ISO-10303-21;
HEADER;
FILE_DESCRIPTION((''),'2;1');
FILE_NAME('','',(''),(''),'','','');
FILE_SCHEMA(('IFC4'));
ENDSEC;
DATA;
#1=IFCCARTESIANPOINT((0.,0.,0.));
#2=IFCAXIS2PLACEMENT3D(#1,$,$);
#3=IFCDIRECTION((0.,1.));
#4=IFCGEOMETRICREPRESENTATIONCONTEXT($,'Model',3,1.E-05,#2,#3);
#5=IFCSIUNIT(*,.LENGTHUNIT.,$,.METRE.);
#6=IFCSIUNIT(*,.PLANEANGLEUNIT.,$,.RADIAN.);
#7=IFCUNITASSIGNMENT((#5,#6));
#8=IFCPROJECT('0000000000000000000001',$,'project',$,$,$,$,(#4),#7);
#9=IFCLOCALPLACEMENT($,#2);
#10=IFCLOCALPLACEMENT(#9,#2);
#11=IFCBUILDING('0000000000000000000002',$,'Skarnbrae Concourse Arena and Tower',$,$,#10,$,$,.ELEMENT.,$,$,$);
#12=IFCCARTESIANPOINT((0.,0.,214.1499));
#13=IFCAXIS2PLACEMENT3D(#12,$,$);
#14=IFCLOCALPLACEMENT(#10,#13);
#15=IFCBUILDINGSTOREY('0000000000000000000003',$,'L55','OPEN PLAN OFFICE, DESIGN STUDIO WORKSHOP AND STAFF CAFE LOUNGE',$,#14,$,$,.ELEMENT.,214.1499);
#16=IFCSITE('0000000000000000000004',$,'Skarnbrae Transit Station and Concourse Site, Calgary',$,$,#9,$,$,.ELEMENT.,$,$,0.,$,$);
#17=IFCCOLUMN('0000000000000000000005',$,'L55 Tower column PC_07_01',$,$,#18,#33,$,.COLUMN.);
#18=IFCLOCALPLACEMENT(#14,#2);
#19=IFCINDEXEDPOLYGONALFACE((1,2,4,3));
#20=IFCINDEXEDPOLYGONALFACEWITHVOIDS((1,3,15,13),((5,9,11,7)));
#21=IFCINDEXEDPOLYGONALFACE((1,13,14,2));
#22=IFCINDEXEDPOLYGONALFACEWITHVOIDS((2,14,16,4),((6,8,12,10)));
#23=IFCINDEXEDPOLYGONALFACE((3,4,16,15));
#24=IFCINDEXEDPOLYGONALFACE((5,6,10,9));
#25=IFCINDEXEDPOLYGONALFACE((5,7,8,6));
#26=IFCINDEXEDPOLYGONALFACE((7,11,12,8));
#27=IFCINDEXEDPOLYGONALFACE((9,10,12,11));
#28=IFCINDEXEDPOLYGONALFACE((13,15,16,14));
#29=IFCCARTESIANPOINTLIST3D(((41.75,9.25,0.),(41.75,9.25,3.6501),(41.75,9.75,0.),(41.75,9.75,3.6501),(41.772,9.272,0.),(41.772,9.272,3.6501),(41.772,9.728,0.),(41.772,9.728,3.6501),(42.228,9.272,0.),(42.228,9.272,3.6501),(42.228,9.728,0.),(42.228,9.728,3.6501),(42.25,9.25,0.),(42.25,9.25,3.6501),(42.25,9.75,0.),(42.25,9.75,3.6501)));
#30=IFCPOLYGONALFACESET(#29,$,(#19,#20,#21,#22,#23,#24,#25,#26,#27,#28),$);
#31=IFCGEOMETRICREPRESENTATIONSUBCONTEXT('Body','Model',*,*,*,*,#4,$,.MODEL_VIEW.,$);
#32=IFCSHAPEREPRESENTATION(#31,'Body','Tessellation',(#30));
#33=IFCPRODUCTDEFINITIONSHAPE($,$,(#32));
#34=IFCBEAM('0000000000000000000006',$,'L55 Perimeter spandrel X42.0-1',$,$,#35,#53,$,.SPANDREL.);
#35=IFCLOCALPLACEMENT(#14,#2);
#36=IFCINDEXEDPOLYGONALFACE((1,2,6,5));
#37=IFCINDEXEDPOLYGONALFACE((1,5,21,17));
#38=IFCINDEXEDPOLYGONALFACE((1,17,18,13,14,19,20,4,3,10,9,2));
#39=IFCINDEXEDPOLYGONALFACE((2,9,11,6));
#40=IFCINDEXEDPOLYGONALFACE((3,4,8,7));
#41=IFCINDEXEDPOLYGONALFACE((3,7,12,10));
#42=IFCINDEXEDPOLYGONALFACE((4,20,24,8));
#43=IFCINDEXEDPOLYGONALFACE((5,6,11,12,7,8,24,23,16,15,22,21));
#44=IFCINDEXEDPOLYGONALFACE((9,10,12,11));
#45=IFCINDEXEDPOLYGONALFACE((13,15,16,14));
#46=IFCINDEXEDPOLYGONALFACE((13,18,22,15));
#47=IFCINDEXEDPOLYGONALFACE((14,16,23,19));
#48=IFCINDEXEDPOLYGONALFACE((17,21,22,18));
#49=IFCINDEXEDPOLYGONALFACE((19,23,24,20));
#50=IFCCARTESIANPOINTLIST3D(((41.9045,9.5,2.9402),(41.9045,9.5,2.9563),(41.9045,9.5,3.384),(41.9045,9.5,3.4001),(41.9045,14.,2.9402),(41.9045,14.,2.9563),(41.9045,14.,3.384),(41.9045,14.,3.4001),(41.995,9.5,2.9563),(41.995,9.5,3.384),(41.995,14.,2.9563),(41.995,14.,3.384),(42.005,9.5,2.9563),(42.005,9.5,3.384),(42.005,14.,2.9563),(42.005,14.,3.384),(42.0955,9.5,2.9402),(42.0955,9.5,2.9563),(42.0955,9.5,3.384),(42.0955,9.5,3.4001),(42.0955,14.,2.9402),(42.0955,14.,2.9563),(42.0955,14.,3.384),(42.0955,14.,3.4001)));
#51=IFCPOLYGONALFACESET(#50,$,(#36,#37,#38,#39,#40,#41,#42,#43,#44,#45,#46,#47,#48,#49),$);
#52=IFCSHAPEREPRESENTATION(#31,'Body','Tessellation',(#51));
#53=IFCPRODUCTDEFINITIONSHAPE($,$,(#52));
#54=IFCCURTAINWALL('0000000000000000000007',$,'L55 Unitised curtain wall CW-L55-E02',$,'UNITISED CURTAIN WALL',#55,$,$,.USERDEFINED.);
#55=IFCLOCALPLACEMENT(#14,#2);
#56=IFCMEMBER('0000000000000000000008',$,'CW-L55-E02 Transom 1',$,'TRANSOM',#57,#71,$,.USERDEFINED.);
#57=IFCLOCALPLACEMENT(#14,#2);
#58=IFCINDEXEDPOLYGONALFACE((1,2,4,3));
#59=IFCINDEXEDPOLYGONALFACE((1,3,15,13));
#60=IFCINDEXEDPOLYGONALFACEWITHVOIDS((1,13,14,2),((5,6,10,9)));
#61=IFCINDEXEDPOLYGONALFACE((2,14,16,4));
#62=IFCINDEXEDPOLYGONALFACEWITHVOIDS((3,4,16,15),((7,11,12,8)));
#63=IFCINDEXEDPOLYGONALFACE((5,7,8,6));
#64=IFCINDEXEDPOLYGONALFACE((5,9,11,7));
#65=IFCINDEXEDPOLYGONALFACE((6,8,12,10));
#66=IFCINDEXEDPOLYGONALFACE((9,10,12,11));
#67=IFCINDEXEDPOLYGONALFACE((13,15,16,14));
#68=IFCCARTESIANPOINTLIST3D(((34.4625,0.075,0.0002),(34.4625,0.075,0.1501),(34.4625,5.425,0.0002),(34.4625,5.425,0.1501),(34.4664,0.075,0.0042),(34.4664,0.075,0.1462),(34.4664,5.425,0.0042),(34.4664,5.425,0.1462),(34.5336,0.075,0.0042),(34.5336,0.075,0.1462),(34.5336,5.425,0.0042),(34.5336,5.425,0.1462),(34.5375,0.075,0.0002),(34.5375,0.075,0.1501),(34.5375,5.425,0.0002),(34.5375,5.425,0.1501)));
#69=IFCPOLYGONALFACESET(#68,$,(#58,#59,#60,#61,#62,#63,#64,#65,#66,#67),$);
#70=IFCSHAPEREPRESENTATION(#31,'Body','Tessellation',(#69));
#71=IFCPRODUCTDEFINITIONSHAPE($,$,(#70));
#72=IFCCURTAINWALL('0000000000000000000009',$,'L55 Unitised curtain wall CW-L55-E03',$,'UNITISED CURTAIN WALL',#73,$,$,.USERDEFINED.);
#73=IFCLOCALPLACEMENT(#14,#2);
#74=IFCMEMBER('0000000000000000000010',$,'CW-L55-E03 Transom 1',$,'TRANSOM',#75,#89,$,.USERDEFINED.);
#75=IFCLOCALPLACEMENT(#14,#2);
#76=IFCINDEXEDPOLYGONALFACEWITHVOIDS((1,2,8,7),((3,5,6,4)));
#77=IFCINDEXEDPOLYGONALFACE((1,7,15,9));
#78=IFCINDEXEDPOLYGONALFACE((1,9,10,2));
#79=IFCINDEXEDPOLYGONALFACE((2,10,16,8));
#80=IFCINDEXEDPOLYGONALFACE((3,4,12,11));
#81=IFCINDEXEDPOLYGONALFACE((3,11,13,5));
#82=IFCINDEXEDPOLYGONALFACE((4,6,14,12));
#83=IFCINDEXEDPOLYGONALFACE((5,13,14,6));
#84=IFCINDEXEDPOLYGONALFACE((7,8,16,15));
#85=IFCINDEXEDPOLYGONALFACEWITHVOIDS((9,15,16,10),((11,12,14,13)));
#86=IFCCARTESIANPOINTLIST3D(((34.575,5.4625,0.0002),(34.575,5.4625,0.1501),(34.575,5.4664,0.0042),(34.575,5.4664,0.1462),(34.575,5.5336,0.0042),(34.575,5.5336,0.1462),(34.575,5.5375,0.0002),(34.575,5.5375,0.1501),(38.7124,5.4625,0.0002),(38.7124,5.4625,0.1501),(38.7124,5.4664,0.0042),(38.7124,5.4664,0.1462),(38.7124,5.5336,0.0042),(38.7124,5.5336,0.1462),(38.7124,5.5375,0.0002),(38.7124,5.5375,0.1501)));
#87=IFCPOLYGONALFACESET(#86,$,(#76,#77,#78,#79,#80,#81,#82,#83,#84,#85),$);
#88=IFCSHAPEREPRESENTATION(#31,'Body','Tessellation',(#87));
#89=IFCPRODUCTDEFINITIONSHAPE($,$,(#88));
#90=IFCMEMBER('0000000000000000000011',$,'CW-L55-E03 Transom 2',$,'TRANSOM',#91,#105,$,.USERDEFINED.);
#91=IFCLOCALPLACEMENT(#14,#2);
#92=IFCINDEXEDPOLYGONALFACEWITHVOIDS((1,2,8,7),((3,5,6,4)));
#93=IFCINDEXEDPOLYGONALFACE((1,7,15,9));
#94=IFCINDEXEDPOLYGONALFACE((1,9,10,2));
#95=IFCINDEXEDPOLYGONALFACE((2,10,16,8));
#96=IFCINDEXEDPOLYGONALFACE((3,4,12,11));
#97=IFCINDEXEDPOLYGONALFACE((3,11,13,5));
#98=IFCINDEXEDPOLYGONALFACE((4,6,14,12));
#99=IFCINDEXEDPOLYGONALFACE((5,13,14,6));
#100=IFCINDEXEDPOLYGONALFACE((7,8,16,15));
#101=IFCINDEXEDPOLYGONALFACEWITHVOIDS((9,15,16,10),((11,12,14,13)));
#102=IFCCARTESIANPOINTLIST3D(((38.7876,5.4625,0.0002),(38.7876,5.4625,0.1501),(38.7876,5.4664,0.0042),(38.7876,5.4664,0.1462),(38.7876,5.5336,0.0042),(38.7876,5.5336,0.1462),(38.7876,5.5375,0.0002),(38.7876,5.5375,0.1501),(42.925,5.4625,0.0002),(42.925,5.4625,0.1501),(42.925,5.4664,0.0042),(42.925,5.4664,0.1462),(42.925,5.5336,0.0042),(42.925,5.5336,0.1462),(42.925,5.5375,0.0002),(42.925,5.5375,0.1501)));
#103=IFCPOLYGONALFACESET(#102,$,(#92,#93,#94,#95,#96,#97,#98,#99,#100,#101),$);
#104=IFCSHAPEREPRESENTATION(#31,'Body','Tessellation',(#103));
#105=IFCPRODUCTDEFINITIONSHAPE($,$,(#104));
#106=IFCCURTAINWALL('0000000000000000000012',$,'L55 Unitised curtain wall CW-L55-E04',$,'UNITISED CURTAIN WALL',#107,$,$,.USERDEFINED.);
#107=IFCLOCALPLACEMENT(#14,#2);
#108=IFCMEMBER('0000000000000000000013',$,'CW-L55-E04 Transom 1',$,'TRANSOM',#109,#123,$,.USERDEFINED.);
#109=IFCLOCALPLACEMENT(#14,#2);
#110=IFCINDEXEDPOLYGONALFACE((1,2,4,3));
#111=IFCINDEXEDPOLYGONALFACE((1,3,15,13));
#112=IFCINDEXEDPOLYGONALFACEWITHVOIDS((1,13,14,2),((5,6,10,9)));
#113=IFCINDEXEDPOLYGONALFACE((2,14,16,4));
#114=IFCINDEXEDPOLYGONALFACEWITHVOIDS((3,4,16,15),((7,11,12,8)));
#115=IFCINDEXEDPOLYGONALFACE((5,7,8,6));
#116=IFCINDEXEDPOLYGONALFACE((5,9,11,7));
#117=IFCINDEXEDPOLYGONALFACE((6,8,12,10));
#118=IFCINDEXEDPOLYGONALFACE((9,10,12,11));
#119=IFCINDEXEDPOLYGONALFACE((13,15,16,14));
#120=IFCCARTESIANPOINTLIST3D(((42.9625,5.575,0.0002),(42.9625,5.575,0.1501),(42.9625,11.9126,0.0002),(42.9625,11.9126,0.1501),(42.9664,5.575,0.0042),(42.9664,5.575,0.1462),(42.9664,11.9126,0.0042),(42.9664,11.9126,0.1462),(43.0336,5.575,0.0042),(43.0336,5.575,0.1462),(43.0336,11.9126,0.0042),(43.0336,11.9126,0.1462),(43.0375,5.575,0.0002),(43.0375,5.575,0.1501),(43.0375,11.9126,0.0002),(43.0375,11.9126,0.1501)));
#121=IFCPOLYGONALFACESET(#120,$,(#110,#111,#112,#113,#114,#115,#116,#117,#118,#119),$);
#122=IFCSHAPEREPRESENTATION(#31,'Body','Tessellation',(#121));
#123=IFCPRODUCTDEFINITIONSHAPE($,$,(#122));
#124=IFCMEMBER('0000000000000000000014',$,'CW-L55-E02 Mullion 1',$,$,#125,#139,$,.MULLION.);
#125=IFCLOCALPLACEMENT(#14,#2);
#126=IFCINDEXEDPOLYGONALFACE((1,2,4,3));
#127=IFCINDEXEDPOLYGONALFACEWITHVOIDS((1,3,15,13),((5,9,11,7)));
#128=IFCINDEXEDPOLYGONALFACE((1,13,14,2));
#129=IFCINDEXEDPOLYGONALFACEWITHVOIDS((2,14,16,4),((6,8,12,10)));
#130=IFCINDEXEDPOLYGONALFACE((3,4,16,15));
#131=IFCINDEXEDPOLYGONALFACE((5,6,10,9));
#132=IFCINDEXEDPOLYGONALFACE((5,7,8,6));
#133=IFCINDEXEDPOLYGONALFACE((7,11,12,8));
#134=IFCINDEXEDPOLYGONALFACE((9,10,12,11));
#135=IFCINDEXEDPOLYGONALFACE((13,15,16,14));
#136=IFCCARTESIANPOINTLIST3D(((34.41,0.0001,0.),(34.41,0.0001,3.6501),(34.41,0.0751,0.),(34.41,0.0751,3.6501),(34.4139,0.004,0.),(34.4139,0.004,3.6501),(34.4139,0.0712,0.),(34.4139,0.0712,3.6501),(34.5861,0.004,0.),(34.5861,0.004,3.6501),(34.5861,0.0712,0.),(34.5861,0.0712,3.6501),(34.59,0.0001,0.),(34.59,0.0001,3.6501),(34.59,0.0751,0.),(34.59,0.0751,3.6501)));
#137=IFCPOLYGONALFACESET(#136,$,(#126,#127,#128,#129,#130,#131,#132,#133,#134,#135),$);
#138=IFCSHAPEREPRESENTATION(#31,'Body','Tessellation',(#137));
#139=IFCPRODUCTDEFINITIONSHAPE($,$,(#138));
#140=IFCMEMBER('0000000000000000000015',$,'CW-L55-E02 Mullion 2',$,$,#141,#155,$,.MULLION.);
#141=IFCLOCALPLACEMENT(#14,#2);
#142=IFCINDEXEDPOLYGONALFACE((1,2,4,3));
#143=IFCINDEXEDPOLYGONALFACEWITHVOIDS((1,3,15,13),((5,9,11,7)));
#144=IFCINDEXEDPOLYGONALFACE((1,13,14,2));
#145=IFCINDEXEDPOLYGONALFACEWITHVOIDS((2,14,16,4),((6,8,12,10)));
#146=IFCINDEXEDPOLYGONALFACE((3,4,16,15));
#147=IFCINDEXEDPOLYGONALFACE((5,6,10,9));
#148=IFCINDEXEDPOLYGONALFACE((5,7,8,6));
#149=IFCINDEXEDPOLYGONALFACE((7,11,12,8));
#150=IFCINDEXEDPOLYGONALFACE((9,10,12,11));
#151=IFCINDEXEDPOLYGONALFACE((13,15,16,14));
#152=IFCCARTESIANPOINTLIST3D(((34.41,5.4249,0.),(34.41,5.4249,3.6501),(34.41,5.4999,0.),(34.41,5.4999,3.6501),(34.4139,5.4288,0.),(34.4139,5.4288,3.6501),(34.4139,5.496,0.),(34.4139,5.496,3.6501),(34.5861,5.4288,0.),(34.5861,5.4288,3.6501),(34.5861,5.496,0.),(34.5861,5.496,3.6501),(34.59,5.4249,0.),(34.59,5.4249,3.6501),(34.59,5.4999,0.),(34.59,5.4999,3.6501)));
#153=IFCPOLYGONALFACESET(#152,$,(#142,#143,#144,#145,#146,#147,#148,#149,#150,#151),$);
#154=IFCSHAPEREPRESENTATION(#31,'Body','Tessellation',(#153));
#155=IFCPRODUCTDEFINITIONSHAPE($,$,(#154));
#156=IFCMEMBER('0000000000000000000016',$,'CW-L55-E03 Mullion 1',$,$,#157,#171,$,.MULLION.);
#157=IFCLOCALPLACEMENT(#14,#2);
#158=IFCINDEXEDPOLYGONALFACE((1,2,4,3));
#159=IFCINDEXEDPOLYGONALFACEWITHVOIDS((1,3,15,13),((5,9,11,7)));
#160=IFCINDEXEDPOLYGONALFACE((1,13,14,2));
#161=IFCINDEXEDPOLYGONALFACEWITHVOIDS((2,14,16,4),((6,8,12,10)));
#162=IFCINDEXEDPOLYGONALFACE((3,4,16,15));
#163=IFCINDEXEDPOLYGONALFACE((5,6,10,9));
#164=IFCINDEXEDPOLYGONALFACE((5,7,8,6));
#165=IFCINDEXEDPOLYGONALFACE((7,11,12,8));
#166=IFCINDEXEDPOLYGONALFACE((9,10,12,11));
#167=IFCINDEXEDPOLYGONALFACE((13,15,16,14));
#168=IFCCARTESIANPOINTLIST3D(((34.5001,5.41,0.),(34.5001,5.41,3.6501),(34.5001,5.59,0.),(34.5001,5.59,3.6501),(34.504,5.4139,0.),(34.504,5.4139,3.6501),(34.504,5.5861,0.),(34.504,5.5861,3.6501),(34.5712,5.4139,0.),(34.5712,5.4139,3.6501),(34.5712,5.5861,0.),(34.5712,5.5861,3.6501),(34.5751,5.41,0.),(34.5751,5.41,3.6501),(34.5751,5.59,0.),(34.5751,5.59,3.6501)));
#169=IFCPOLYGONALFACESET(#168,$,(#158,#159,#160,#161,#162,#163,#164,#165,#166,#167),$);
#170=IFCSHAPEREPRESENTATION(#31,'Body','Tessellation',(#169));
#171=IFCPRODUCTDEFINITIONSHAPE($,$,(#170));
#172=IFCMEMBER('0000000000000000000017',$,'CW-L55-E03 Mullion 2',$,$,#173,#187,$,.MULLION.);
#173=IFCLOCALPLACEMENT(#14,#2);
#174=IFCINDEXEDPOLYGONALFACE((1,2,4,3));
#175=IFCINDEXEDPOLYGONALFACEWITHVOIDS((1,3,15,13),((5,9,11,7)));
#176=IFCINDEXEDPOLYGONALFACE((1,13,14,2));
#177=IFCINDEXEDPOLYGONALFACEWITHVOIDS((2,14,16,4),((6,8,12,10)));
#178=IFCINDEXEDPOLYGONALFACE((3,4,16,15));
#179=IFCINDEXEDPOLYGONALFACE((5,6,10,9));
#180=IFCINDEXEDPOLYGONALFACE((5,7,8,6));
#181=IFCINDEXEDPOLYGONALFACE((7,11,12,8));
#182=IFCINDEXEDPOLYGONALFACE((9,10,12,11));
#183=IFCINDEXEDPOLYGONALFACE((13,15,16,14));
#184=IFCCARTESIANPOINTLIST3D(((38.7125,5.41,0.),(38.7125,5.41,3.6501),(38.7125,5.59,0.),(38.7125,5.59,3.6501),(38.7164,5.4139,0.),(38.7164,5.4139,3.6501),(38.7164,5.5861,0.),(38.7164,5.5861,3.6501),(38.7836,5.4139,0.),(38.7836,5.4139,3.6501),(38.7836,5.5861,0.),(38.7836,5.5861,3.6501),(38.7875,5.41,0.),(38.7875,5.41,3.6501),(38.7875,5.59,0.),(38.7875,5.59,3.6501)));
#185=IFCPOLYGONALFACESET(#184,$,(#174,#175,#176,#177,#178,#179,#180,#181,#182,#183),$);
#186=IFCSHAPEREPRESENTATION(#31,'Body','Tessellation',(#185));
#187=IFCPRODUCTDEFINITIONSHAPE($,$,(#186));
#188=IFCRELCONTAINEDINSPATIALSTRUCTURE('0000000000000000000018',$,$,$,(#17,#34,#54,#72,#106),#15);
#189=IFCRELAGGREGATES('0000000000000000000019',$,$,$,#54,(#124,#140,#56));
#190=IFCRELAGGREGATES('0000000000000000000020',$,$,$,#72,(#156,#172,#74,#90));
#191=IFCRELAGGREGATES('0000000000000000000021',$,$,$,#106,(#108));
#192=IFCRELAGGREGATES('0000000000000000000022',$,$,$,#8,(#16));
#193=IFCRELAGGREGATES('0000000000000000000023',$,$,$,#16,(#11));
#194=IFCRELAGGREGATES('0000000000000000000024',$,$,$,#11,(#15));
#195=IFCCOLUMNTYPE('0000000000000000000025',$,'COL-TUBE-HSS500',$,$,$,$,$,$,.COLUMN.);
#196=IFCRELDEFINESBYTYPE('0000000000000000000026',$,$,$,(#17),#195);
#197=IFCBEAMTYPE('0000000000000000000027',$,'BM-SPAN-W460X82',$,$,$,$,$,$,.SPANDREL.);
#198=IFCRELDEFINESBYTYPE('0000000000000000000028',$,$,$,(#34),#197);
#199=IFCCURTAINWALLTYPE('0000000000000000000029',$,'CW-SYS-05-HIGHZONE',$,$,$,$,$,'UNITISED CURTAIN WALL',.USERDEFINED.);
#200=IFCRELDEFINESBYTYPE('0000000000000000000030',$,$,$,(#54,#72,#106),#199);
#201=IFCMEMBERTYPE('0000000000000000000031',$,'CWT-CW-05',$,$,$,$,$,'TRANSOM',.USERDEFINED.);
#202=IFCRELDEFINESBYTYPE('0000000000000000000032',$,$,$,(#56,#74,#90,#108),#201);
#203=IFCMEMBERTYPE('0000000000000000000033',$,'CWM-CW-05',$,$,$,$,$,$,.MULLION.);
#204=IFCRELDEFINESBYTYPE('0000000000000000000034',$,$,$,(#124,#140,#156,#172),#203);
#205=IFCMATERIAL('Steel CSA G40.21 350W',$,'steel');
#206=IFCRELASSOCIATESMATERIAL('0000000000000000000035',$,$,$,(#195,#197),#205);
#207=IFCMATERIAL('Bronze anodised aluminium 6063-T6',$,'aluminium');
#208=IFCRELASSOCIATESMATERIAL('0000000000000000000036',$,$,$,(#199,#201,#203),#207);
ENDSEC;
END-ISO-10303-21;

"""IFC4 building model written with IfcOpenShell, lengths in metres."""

from ifc_helpers import new_model, si_unit, direction, frame, origin, origin_2d, place, context, subcontext, project, spatial, hollow_rectangle, i_section, extrude, source, transform, mapped, material, material_profile, profile_set, type_object, element, aggregate, save


model = new_model("IFC4")

# Units and contexts
model_context = context("Model", 3, precision=1e-05, world=origin(), true_north=direction((0.0, 1.0)))
body_context = subcontext(model_context, "Body", "Model", "MODEL_VIEW")
ifc_project = project(units=[si_unit("LENGTHUNIT", "METRE"), si_unit("PLANEANGLEUNIT", "RADIAN")], contexts=[model_context])

# Site, building, storey
site_placement = place(None, origin())
site = spatial("IfcSite", under=ifc_project, at=site_placement, Name="Skarnbrae Transit Station and Concourse Site, Calgary", CompositionType="ELEMENT", RefElevation=0.0)
building_placement = place(site_placement, origin())
building = spatial("IfcBuilding", under=site, at=building_placement, Name="Skarnbrae Concourse Arena and Tower", CompositionType="ELEMENT")
storey_placement = place(building_placement, frame((0.0, 0.0, 214.1499)))
storey = spatial("IfcBuildingStorey", under=building, at=storey_placement, Name="L55", Description="OPEN PLAN OFFICE, DESIGN STUDIO WORKSHOP AND STAFF CAFE LOUNGE", CompositionType="ELEMENT", Elevation=214.1499)

# Column
ifc_material_1 = material(Name="Steel CSA G40.21 350W", Category="steel")
ifc_material_profile_1 = material_profile(ifc_material_1, hollow_rectangle(XDim=0.5, YDim=0.5, WallThickness=0.022, at=origin_2d()), Name="HSS500X500X22.0")
ifc_profile_set_1 = profile_set([ifc_material_profile_1], Name="Steel CSA G40.21 350W")
column_type = type_object("IfcColumnType", Name="COL-TUBE-HSS500", PredefinedType="COLUMN", material=ifc_profile_set_1)
shared_shape_1 = source(origin(), body_context, "Body", "SweptSolid", [
    extrude(hollow_rectangle(XDim=0.5, YDim=0.5, WallThickness=0.022, at=origin_2d()), origin(), (0.0, 0.0, 1.0), 3.6501),
])
column_placement = place(storey_placement, frame((42.0, 9.5, 0.0), z_axis=(0.0, 0.0, 1.0), x_axis=(1.0, 0.0, 0.0)))
element("IfcColumn", 1, at=column_placement, inside=storey, type_object=column_type, Name="L55 Tower column PC_07_01", PredefinedType="COLUMN", context=body_context, shape_type="MappedRepresentation", body=[
    mapped(shared_shape_1, transform((0.0, 0.0, 0.0))),
])

# Beam
ifc_material_profile_2 = material_profile(ifc_material_1, i_section(OverallWidth=0.1909, OverallDepth=0.46, WebThickness=0.01, FlangeThickness=0.0161, at=origin_2d()), Name="W460X82")
ifc_profile_set_2 = profile_set([ifc_material_profile_2], Name="Steel CSA G40.21 350W")
beam_type = type_object("IfcBeamType", Name="BM-SPAN-W460X82", PredefinedType="SPANDREL", material=ifc_profile_set_2)
shared_shape_2 = source(origin(), body_context, "Body", "SweptSolid", [
    extrude(i_section(OverallWidth=0.1909, OverallDepth=0.46, WebThickness=0.01, FlangeThickness=0.0161, at=origin_2d()), origin(), (0.0, 0.0, 1.0), 4.5),
])
beam_placement = place(storey_placement, frame((42.0, 9.5, 3.1702), z_axis=(0.0, 1.0, 0.0), x_axis=(-1.0, 0.0, 0.0)))
element("IfcBeam", 2, at=beam_placement, inside=storey, type_object=beam_type, Name="L55 Perimeter spandrel X42.0-1", PredefinedType="SPANDREL", context=body_context, shape_type="MappedRepresentation", body=[
    mapped(shared_shape_2, transform((0.0, 0.0, 0.0))),
])

# Curtain wall, member
ifc_material_2 = material(Name="Bronze anodised aluminium 6063-T6", Category="aluminium")
curtain_wall_type = type_object("IfcCurtainWallType", Name="CW-SYS-05-HIGHZONE", ElementType="UNITISED CURTAIN WALL", PredefinedType="USERDEFINED", material=ifc_material_2)
curtain_wall_1_placement = place(storey_placement, origin())
curtain_wall_1 = element("IfcCurtainWall", 3, at=curtain_wall_1_placement, inside=storey, type_object=curtain_wall_type, Name="L55 Unitised curtain wall CW-L55-E02", ObjectType="UNITISED CURTAIN WALL", PredefinedType="USERDEFINED")
ifc_material_profile_3 = material_profile(ifc_material_2, hollow_rectangle(XDim=0.075, YDim=0.1499, WallThickness=0.0039, at=origin_2d()), Name="ALU-TRAN-75X150")
ifc_profile_set_3 = profile_set([ifc_material_profile_3], Name="Bronze anodised aluminium 6063-T6")
member_type_1 = type_object("IfcMemberType", Name="CWT-CW-05", ElementType="TRANSOM", PredefinedType="USERDEFINED", material=ifc_profile_set_3)
shared_shape_3 = source(origin(), body_context, "Body", "SweptSolid", [
    extrude(hollow_rectangle(XDim=0.075, YDim=0.1499, WallThickness=0.0039, at=origin_2d()), origin(), (0.0, 0.0, 1.0), 5.3501),
])
member_1_placement = place(storey_placement, frame((34.5, 0.075, 0.0752), z_axis=(0.0, 1.0, 0.0), x_axis=(-1.0, 0.0, 0.0)))
member_1 = element("IfcMember", 4, at=member_1_placement, type_object=member_type_1, Name="CW-L55-E02 Transom 1", ObjectType="TRANSOM", PredefinedType="USERDEFINED", context=body_context, shape_type="MappedRepresentation", body=[
    mapped(shared_shape_3, transform((0.0, 0.0, 0.0))),
])

# Curtain wall, members
curtain_wall_2_placement = place(storey_placement, origin())
curtain_wall_2 = element("IfcCurtainWall", 5, at=curtain_wall_2_placement, inside=storey, type_object=curtain_wall_type, Name="L55 Unitised curtain wall CW-L55-E03", ObjectType="UNITISED CURTAIN WALL", PredefinedType="USERDEFINED")
shared_shape_4 = source(origin(), body_context, "Body", "SweptSolid", [
    extrude(hollow_rectangle(XDim=0.075, YDim=0.1499, WallThickness=0.0039, at=origin_2d()), origin(), (0.0, 0.0, 1.0), 4.1375),
])
member_2_placement = place(storey_placement, frame((34.575, 5.5, 0.0752), z_axis=(1.0, 0.0, 0.0), x_axis=(0.0, 1.0, 0.0)))
member_2 = element("IfcMember", 6, at=member_2_placement, type_object=member_type_1, Name="CW-L55-E03 Transom 1", ObjectType="TRANSOM", PredefinedType="USERDEFINED", context=body_context, shape_type="MappedRepresentation", body=[
    mapped(shared_shape_4, transform((0.0, 0.0, 0.0))),
])
member_3_placement = place(storey_placement, frame((38.7876, 5.5, 0.0752), z_axis=(1.0, 0.0, 0.0), x_axis=(0.0, 1.0, 0.0)))
member_3 = element("IfcMember", 7, at=member_3_placement, type_object=member_type_1, Name="CW-L55-E03 Transom 2", ObjectType="TRANSOM", PredefinedType="USERDEFINED", context=body_context, shape_type="MappedRepresentation", body=[
    mapped(shared_shape_4, transform((0.0, 0.0, 0.0))),
])

# Curtain wall, member
curtain_wall_3_placement = place(storey_placement, origin())
curtain_wall_3 = element("IfcCurtainWall", 8, at=curtain_wall_3_placement, inside=storey, type_object=curtain_wall_type, Name="L55 Unitised curtain wall CW-L55-E04", ObjectType="UNITISED CURTAIN WALL", PredefinedType="USERDEFINED")
shared_shape_5 = source(origin(), body_context, "Body", "SweptSolid", [
    extrude(hollow_rectangle(XDim=0.075, YDim=0.1499, WallThickness=0.0039, at=origin_2d()), origin(), (0.0, 0.0, 1.0), 6.3376),
])
member_4_placement = place(storey_placement, frame((43.0, 5.575, 0.0752), z_axis=(0.0, 1.0, 0.0), x_axis=(-1.0, 0.0, 0.0)))
member_4 = element("IfcMember", 9, at=member_4_placement, type_object=member_type_1, Name="CW-L55-E04 Transom 1", ObjectType="TRANSOM", PredefinedType="USERDEFINED", context=body_context, shape_type="MappedRepresentation", body=[
    mapped(shared_shape_5, transform((0.0, 0.0, 0.0))),
])

# Members
ifc_material_profile_4 = material_profile(ifc_material_2, hollow_rectangle(XDim=0.075, YDim=0.1799, WallThickness=0.0039, at=origin_2d()), Name="ALU-MULL-75X180")
ifc_profile_set_4 = profile_set([ifc_material_profile_4], Name="Bronze anodised aluminium 6063-T6")
member_type_2 = type_object("IfcMemberType", Name="CWM-CW-05", PredefinedType="MULLION", material=ifc_profile_set_4)
shared_shape_6 = source(origin(), body_context, "Body", "SweptSolid", [
    extrude(hollow_rectangle(XDim=0.075, YDim=0.1799, WallThickness=0.0039, at=origin_2d()), origin(), (0.0, 0.0, 1.0), 3.6501),
])
member_5_placement = place(storey_placement, frame((34.5, 0.0376, 0.0), z_axis=(0.0, 0.0, 1.0), x_axis=(0.0, 1.0, 0.0)))
member_5 = element("IfcMember", 10, at=member_5_placement, type_object=member_type_2, Name="CW-L55-E02 Mullion 1", PredefinedType="MULLION", context=body_context, shape_type="MappedRepresentation", body=[
    mapped(shared_shape_6, transform((0.0, 0.0, 0.0))),
])
member_6_placement = place(storey_placement, frame((34.5, 5.4624, 0.0), z_axis=(0.0, 0.0, 1.0), x_axis=(0.0, 1.0, 0.0)))
member_6 = element("IfcMember", 11, at=member_6_placement, type_object=member_type_2, Name="CW-L55-E02 Mullion 2", PredefinedType="MULLION", context=body_context, shape_type="MappedRepresentation", body=[
    mapped(shared_shape_6, transform((0.0, 0.0, 0.0))),
])
member_7_placement = place(storey_placement, frame((34.5376, 5.5, 0.0), z_axis=(0.0, 0.0, 1.0), x_axis=(1.0, 0.0, 0.0)))
member_7 = element("IfcMember", 12, at=member_7_placement, type_object=member_type_2, Name="CW-L55-E03 Mullion 1", PredefinedType="MULLION", context=body_context, shape_type="MappedRepresentation", body=[
    mapped(shared_shape_6, transform((0.0, 0.0, 0.0))),
])
member_8_placement = place(storey_placement, frame((38.75, 5.5, 0.0), z_axis=(0.0, 0.0, 1.0), x_axis=(1.0, 0.0, 0.0)))
member_8 = element("IfcMember", 13, at=member_8_placement, type_object=member_type_2, Name="CW-L55-E03 Mullion 2", PredefinedType="MULLION", context=body_context, shape_type="MappedRepresentation", body=[
    mapped(shared_shape_6, transform((0.0, 0.0, 0.0))),
])

aggregate(curtain_wall_1, [member_5, member_6, member_1])
aggregate(curtain_wall_2, [member_7, member_8, member_2, member_3])
aggregate(curtain_wall_3, [member_4])

save(model, "model.ifc")
